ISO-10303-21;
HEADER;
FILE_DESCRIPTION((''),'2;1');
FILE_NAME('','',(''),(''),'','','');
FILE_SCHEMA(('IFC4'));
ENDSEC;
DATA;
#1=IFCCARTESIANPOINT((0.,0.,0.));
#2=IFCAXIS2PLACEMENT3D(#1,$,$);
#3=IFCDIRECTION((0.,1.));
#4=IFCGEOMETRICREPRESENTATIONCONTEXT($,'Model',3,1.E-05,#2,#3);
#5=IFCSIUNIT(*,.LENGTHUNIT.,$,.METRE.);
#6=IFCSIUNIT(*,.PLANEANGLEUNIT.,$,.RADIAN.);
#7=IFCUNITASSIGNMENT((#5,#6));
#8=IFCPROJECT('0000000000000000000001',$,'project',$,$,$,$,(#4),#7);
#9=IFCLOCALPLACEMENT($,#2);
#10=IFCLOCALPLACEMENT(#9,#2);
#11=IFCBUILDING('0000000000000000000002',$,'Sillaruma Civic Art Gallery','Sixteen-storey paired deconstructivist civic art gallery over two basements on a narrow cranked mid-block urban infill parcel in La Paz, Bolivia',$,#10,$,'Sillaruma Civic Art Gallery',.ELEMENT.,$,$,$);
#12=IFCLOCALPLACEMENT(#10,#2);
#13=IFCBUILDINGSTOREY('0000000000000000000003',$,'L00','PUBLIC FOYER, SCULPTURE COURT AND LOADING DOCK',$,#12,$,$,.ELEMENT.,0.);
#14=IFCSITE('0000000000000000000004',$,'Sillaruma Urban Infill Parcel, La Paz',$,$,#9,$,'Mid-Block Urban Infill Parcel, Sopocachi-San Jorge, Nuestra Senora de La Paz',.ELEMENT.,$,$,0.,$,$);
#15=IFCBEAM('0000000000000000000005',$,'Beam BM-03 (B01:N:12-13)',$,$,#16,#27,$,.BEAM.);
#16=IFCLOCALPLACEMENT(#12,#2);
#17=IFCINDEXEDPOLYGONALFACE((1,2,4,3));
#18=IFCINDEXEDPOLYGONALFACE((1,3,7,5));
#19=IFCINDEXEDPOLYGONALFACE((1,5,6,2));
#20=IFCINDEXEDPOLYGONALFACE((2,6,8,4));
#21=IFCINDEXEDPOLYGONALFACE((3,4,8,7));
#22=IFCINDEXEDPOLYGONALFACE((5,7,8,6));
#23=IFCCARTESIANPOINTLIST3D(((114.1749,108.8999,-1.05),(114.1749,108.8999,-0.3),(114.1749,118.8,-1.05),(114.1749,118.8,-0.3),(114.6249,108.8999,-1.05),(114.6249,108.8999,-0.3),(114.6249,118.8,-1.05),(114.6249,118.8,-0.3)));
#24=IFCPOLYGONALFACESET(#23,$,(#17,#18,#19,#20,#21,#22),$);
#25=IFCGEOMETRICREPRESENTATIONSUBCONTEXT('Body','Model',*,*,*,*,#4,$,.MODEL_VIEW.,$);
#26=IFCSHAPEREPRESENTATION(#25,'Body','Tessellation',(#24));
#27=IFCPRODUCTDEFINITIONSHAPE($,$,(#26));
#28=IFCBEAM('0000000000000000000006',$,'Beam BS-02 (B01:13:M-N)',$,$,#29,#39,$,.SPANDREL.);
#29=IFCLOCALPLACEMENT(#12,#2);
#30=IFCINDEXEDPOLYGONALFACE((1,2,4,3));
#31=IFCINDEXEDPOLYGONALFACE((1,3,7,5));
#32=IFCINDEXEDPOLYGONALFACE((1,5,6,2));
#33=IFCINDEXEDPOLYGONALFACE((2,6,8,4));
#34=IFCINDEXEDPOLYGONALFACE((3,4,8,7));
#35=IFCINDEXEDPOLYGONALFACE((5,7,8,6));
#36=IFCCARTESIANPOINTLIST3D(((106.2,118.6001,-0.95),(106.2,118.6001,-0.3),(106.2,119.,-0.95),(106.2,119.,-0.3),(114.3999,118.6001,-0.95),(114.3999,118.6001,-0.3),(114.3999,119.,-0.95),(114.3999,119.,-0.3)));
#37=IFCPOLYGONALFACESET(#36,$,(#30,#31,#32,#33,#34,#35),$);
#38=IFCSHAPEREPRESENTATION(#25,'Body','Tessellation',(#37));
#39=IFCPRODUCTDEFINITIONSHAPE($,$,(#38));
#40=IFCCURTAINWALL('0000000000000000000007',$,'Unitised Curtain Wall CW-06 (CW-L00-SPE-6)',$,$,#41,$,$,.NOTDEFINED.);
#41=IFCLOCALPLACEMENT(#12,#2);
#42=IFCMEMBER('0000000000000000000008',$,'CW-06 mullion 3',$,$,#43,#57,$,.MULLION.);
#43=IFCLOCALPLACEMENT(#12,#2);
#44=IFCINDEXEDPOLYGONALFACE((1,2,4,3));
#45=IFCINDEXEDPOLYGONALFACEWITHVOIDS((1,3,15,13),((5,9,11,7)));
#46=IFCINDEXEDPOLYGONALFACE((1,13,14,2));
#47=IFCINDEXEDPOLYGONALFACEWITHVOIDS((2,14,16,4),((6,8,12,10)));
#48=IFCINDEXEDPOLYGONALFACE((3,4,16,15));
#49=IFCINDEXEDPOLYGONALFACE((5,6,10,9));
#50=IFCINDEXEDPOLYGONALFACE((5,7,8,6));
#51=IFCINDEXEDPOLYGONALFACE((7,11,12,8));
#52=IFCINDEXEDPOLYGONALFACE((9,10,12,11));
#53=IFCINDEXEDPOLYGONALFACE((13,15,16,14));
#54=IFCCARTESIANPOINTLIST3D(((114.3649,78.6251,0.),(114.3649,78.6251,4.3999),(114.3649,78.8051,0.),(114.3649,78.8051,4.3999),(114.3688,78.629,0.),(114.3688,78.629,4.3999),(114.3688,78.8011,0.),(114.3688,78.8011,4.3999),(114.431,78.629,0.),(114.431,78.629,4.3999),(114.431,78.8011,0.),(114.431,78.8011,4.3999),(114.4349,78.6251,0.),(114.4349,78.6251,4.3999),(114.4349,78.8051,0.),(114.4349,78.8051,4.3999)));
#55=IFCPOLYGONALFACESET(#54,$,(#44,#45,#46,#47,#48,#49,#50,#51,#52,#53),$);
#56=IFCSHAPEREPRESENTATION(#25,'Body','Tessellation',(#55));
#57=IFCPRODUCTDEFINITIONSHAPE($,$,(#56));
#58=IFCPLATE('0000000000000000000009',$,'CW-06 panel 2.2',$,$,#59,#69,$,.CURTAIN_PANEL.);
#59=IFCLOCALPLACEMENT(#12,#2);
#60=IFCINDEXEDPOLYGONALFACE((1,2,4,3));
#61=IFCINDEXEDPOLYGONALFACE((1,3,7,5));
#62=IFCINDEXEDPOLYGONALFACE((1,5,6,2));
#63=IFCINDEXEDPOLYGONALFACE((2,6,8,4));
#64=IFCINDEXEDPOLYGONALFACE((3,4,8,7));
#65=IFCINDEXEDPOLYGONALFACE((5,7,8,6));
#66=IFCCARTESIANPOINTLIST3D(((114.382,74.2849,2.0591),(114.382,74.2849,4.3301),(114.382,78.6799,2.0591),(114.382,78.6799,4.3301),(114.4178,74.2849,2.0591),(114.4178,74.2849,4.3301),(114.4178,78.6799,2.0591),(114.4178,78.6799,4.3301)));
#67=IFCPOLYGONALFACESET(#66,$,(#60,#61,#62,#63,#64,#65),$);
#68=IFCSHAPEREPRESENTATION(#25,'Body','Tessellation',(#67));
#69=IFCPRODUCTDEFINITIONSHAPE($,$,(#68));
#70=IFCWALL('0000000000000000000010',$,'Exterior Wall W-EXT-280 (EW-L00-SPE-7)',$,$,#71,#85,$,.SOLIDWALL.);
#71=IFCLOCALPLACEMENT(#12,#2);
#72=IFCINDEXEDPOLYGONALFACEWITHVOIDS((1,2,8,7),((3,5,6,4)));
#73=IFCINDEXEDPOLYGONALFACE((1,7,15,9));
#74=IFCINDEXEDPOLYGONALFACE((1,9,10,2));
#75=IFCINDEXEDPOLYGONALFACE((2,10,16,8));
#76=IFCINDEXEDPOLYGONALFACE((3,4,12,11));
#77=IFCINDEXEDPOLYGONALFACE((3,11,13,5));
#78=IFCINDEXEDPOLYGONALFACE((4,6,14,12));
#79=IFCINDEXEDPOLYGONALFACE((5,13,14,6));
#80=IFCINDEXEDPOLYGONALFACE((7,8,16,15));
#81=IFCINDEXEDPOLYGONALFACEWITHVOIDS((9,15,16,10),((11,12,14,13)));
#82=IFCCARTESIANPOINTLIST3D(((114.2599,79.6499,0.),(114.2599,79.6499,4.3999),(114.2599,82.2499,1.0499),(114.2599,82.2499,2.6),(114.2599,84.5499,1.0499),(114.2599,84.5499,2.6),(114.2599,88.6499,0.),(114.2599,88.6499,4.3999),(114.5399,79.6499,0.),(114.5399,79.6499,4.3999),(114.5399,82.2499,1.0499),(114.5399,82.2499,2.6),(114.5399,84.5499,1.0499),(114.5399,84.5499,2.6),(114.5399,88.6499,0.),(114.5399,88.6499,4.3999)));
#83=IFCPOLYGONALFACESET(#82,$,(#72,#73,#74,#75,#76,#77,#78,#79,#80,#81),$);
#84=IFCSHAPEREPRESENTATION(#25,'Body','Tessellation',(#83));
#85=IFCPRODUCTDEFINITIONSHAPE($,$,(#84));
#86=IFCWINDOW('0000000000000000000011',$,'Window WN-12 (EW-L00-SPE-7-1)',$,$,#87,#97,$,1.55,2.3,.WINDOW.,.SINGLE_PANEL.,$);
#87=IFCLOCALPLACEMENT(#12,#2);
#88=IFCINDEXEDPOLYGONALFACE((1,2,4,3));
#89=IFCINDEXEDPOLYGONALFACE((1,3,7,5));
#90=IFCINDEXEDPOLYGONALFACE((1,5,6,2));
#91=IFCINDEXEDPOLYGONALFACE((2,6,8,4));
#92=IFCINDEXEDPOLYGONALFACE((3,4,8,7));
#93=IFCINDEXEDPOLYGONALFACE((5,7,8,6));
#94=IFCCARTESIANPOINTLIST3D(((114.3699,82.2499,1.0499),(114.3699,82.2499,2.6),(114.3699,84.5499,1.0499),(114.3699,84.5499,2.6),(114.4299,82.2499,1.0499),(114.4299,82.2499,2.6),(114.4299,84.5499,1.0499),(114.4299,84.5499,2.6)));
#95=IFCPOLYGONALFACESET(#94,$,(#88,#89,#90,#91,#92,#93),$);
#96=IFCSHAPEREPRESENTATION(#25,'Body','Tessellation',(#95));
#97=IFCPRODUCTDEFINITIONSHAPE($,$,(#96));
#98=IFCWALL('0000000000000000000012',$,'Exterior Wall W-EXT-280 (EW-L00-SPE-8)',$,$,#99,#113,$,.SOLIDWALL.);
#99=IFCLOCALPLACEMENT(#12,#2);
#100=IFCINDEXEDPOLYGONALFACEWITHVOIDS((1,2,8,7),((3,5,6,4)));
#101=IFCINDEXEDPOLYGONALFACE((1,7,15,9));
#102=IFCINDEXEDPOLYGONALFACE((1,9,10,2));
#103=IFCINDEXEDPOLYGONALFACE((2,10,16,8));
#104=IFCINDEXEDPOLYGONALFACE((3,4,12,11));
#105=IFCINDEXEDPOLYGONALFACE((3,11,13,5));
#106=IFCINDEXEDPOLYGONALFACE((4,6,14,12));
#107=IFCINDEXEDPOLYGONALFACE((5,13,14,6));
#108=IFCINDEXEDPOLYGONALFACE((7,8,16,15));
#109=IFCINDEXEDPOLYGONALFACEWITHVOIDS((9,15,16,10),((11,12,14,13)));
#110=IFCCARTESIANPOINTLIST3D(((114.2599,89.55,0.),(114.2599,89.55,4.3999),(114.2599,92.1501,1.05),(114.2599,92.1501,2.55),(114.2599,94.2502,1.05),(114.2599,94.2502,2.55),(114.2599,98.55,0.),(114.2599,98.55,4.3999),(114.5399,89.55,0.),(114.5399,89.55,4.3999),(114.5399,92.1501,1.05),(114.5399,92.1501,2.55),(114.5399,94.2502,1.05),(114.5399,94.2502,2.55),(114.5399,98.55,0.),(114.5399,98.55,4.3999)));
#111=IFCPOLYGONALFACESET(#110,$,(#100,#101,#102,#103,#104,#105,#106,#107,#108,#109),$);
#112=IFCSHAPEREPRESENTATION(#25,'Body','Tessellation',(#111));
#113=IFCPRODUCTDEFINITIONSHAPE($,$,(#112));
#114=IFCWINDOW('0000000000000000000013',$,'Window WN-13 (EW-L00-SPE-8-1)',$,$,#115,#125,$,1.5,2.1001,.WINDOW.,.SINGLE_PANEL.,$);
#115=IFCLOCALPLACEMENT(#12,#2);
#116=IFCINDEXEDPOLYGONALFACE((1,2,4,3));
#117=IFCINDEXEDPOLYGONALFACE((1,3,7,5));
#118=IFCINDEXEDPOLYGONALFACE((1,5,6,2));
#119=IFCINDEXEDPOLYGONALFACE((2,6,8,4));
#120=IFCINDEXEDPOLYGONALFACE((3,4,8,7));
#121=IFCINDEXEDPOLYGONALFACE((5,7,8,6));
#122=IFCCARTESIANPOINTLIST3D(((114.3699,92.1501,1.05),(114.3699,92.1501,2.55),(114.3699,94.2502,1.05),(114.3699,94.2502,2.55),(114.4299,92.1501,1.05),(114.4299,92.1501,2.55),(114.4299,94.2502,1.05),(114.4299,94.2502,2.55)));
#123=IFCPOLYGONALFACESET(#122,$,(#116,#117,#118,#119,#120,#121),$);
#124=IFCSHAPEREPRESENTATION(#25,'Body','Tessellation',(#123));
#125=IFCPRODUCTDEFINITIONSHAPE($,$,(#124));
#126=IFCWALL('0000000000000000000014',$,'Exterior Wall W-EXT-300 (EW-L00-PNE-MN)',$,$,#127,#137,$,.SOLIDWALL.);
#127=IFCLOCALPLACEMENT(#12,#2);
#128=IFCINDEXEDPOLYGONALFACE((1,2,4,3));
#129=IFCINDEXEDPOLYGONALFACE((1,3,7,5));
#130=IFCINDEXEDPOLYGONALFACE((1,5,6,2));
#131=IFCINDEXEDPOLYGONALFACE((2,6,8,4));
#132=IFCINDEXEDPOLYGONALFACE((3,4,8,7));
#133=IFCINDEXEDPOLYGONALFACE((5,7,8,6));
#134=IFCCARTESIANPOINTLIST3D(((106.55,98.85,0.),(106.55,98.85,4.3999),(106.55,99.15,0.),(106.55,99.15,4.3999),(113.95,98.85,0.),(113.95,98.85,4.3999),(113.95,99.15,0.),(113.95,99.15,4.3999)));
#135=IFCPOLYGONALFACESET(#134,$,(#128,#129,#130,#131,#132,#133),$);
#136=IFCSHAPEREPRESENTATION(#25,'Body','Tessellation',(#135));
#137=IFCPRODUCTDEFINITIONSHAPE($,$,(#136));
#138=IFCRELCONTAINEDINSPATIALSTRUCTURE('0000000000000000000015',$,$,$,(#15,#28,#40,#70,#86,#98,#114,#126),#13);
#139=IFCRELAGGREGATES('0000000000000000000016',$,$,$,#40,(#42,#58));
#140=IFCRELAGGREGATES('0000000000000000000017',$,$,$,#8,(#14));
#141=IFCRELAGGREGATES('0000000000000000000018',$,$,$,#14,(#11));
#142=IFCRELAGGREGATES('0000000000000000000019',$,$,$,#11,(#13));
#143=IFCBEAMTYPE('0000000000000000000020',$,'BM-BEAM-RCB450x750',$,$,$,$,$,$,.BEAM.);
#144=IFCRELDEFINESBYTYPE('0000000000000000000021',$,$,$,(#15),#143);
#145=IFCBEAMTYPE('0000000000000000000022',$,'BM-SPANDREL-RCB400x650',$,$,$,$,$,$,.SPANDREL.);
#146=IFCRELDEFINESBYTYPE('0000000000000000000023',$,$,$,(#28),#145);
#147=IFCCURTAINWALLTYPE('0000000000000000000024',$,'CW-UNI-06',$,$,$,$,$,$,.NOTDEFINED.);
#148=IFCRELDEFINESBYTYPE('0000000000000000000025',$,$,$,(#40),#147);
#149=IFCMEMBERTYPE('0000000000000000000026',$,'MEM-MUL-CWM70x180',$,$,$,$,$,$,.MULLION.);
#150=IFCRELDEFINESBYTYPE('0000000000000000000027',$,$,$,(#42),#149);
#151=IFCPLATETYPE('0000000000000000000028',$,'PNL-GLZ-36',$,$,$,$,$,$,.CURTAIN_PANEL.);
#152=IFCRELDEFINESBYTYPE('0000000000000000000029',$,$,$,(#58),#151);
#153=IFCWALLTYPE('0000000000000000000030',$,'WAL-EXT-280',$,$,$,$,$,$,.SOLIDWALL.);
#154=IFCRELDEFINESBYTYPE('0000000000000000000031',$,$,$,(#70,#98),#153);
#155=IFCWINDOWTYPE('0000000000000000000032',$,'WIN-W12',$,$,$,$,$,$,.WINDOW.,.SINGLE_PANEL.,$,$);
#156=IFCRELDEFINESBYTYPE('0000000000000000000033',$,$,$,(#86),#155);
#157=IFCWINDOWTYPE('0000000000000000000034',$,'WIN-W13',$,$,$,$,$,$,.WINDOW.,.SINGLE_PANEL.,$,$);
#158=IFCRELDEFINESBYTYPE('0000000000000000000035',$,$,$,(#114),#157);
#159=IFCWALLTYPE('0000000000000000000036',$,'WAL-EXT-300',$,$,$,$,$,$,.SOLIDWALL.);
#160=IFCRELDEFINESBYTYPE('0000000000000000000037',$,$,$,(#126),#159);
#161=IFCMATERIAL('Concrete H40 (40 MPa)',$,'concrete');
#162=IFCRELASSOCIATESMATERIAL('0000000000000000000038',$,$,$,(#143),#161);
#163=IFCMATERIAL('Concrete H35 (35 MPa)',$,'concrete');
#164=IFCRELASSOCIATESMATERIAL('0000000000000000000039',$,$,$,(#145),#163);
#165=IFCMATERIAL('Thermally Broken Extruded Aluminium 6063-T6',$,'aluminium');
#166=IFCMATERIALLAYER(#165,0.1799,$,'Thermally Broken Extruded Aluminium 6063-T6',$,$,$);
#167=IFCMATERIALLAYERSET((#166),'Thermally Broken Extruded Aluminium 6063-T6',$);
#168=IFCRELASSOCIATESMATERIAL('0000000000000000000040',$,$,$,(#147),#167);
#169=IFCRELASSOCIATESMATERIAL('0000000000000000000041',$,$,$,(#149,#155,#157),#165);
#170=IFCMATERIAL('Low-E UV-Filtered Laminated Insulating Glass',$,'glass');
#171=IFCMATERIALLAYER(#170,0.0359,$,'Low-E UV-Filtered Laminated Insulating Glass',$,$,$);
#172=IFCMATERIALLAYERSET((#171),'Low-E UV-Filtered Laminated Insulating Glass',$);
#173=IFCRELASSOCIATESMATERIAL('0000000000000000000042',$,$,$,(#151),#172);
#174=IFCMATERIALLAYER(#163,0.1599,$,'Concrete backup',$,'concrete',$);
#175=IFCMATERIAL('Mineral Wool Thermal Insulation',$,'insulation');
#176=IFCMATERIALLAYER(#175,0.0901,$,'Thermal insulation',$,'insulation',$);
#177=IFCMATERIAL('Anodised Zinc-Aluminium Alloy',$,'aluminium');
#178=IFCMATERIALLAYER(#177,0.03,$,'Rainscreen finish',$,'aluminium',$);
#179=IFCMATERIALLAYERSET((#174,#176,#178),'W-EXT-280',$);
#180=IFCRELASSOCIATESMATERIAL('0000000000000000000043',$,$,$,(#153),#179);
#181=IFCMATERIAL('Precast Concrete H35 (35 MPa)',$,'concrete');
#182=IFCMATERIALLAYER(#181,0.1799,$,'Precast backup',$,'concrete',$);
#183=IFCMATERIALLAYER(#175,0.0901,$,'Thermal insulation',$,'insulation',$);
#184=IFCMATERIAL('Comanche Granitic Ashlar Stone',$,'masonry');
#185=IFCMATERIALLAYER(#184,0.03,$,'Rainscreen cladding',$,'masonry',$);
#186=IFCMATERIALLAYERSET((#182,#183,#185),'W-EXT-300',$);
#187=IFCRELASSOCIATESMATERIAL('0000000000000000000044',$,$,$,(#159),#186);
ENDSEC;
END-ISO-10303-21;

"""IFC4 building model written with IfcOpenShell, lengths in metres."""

from ifc_helpers import new_model, si_unit, direction, frame, frame_2d, origin, origin_2d, place, context, subcontext, project, spatial, rectangle, hollow_rectangle, extrude, material, layer, layer_set, material_profile, profile_set, type_object, element, fill, aggregate, save


model = new_model("IFC4")

# Units and contexts
model_context = context("Model", 3, precision=1e-05, world=origin(), true_north=direction((0.0, 1.0)))
body_context = subcontext(model_context, "Body", "Model", "MODEL_VIEW")
ifc_project = project(units=[si_unit("LENGTHUNIT", "METRE"), si_unit("PLANEANGLEUNIT", "RADIAN")], contexts=[model_context])

# Site, building, storey
site_placement = place(None, origin())
site = spatial("IfcSite", under=ifc_project, at=site_placement, Name="Sillaruma Urban Infill Parcel, La Paz", LongName="Mid-Block Urban Infill Parcel, Sopocachi-San Jorge, Nuestra Senora de La Paz", CompositionType="ELEMENT", RefElevation=0.0)
building_placement = place(site_placement, origin())
building = spatial("IfcBuilding", under=site, at=building_placement, Name="Sillaruma Civic Art Gallery", Description="Sixteen-storey paired deconstructivist civic art gallery over two basements on a narrow cranked mid-block urban infill parcel in La Paz, Bolivia", LongName="Sillaruma Civic Art Gallery", CompositionType="ELEMENT")
storey_placement = place(building_placement, origin())
storey = spatial("IfcBuildingStorey", under=building, at=storey_placement, Name="L00", Description="PUBLIC FOYER, SCULPTURE COURT AND LOADING DOCK", CompositionType="ELEMENT", Elevation=0.0)

# Shared definitions
ifc_material_1 = material(Name="Concrete H40 (40 MPa)", Category="concrete")

# Beams
ifc_material_profile_1 = material_profile(ifc_material_1, rectangle(XDim=0.45, YDim=0.75, at=origin_2d()), Name="RCB450x750")
ifc_profile_set_1 = profile_set([ifc_material_profile_1], Name="Concrete H40 (40 MPa)")
beam_type_1 = type_object("IfcBeamType", Name="BM-BEAM-RCB450x750", PredefinedType="BEAM", material=ifc_profile_set_1)
beam_1_placement = place(storey_placement, frame((114.3999, 108.8999, -0.675), z_axis=(0.0, 1.0, 0.0), x_axis=(-1.0, 0.0, 0.0)))
element("IfcBeam", 1, at=beam_1_placement, inside=storey, type_object=beam_type_1, Name="Beam BM-03 (B01:N:12-13)", PredefinedType="BEAM", context=body_context, shape_type="SweptSolid", body=[
    extrude(rectangle(XDim=0.45, YDim=0.75, at=origin_2d()), origin(), (0.0, 0.0, 1.0), 9.9001),
])
ifc_material_2 = material(Name="Concrete H35 (35 MPa)", Category="concrete")
ifc_material_profile_2 = material_profile(ifc_material_2, rectangle(XDim=0.3999, YDim=0.6499, at=origin_2d()), Name="RCB400x650")
ifc_profile_set_2 = profile_set([ifc_material_profile_2], Name="Concrete H35 (35 MPa)")
beam_type_2 = type_object("IfcBeamType", Name="BM-SPANDREL-RCB400x650", PredefinedType="SPANDREL", material=ifc_profile_set_2)
beam_2_placement = place(storey_placement, frame((106.2, 118.8, -0.625), z_axis=(1.0, 0.0, 0.0), x_axis=(0.0, 1.0, 0.0)))
element("IfcBeam", 2, at=beam_2_placement, inside=storey, type_object=beam_type_2, Name="Beam BS-02 (B01:13:M-N)", PredefinedType="SPANDREL", context=body_context, shape_type="SweptSolid", body=[
    extrude(rectangle(XDim=0.3999, YDim=0.6499, at=origin_2d()), origin(), (0.0, 0.0, 1.0), 8.2),
])

# Curtain wall, member, plate
ifc_material_3 = material(Name="Thermally Broken Extruded Aluminium 6063-T6", Category="aluminium")
ifc_layer_1 = layer(ifc_material_3, 0.1799, Name="Thermally Broken Extruded Aluminium 6063-T6")
ifc_layer_set_1 = layer_set([ifc_layer_1], Name="Thermally Broken Extruded Aluminium 6063-T6")
curtain_wall_type = type_object("IfcCurtainWallType", Name="CW-UNI-06", PredefinedType="NOTDEFINED", material=ifc_layer_set_1)
curtain_wall_placement = place(storey_placement, origin())
curtain_wall = element("IfcCurtainWall", 3, at=curtain_wall_placement, inside=storey, type_object=curtain_wall_type, Name="Unitised Curtain Wall CW-06 (CW-L00-SPE-6)", PredefinedType="NOTDEFINED")
ifc_material_profile_3 = material_profile(ifc_material_3, hollow_rectangle(XDim=0.0701, YDim=0.1799, WallThickness=0.0039, at=origin_2d()), Name="CWM70x180")
ifc_profile_set_3 = profile_set([ifc_material_profile_3], Name="Thermally Broken Extruded Aluminium 6063-T6")
member_type = type_object("IfcMemberType", Name="MEM-MUL-CWM70x180", PredefinedType="MULLION", material=ifc_profile_set_3)
member_placement = place(storey_placement, frame((114.3999, 78.7151, 0.0), z_axis=(0.0, 0.0, 1.0), x_axis=(-1.0, 0.0, 0.0)))
member = element("IfcMember", 4, at=member_placement, type_object=member_type, Name="CW-06 mullion 3", PredefinedType="MULLION", context=body_context, shape_type="SweptSolid", body=[
    extrude(hollow_rectangle(XDim=0.0701, YDim=0.1799, WallThickness=0.0039, at=origin_2d()), origin(), (0.0, 0.0, 1.0), 4.3999),
])
ifc_material_4 = material(Name="Low-E UV-Filtered Laminated Insulating Glass", Category="glass")
ifc_layer_2 = layer(ifc_material_4, 0.0359, Name="Low-E UV-Filtered Laminated Insulating Glass")
ifc_layer_set_2 = layer_set([ifc_layer_2], Name="Low-E UV-Filtered Laminated Insulating Glass")
plate_type = type_object("IfcPlateType", Name="PNL-GLZ-36", PredefinedType="CURTAIN_PANEL", material=ifc_layer_set_2)
plate_placement = place(storey_placement, frame((114.3999, 76.4824, 2.0591), z_axis=(0.0, 0.0, 1.0), x_axis=(0.0, 1.0, 0.0)))
plate = element("IfcPlate", 5, at=plate_placement, type_object=plate_type, Name="CW-06 panel 2.2", PredefinedType="CURTAIN_PANEL", context=body_context, shape_type="SweptSolid", body=[
    extrude(rectangle(XDim=4.395, YDim=0.0359, at=origin_2d()), origin(), (0.0, 0.0, 1.0), 2.271),
])
aggregate(curtain_wall, [member, plate])

# Walls, openings, windows
ifc_layer_3 = layer(ifc_material_2, 0.1599, Name="Concrete backup", Category="concrete")
ifc_material_5 = material(Name="Mineral Wool Thermal Insulation", Category="insulation")
ifc_layer_4 = layer(ifc_material_5, 0.0901, Name="Thermal insulation", Category="insulation")
ifc_material_6 = material(Name="Anodised Zinc-Aluminium Alloy", Category="aluminium")
ifc_layer_5 = layer(ifc_material_6, 0.03, Name="Rainscreen finish", Category="aluminium")
ifc_layer_set_3 = layer_set([ifc_layer_3, ifc_layer_4, ifc_layer_5], Name="W-EXT-280")
wall_type_1 = type_object("IfcWallType", Name="WAL-EXT-280", PredefinedType="SOLIDWALL", material=ifc_layer_set_3)
wall_1_placement = place(storey_placement, frame((114.3999, 79.6499, 0.0), z_axis=(0.0, 0.0, 1.0), x_axis=(0.0, 1.0, 0.0)))
wall_1 = element("IfcWall", 6, at=wall_1_placement, inside=storey, type_object=wall_type_1, Name="Exterior Wall W-EXT-280 (EW-L00-SPE-7)", PredefinedType="SOLIDWALL", context=body_context, shape_type="SweptSolid", body=[
    extrude(rectangle(XDim=9.0, YDim=0.28, at=frame_2d((4.5, 0.0))), origin(), (0.0, 0.0, 1.0), 4.3999),
])
opening_1_placement = place(wall_1_placement, frame((2.6001, 0.0, 1.05)))
opening_1 = element("IfcOpeningElement", 7, at=opening_1_placement, cuts=wall_1, PredefinedType="OPENING", context=body_context, shape_type="SweptSolid", body=[
    extrude(rectangle(XDim=2.3, YDim=1.55, at=frame_2d((1.1499, 0.7749))), frame((0.0, 0.1499, 0.0), z_axis=(0.0, -1.0, 0.0), x_axis=(1.0, 0.0, 0.0)), (0.0, 0.0, 1.0), 0.3),
])
window_type_1 = type_object("IfcWindowType", Name="WIN-W12", PartitioningType="SINGLE_PANEL", PredefinedType="WINDOW", material=ifc_material_3)
window_1_placement = place(opening_1_placement, origin())
window_1 = element("IfcWindow", 8, at=window_1_placement, inside=storey, type_object=window_type_1, Name="Window WN-12 (EW-L00-SPE-7-1)", OverallHeight=1.55, OverallWidth=2.3, PartitioningType="SINGLE_PANEL", PredefinedType="WINDOW", context=body_context, shape_type="SweptSolid", body=[
    extrude(rectangle(XDim=2.3, YDim=1.55, at=frame_2d((1.1499, 0.7749))), frame((0.0, 0.03, 0.0), z_axis=(0.0, -1.0, 0.0), x_axis=(1.0, 0.0, 0.0)), (0.0, 0.0, 1.0), 0.0601),
])
fill(opening_1, window_1)
wall_2_placement = place(storey_placement, frame((114.3999, 89.55, 0.0), z_axis=(0.0, 0.0, 1.0), x_axis=(0.0, 1.0, 0.0)))
wall_2 = element("IfcWall", 9, at=wall_2_placement, inside=storey, type_object=wall_type_1, Name="Exterior Wall W-EXT-280 (EW-L00-SPE-8)", PredefinedType="SOLIDWALL", context=body_context, shape_type="SweptSolid", body=[
    extrude(rectangle(XDim=9.0, YDim=0.28, at=frame_2d((4.5, 0.0))), origin(), (0.0, 0.0, 1.0), 4.3999),
])
opening_2_placement = place(wall_2_placement, frame((2.6001, 0.0, 1.05)))
opening_2 = element("IfcOpeningElement", 10, at=opening_2_placement, cuts=wall_2, PredefinedType="OPENING", context=body_context, shape_type="SweptSolid", body=[
    extrude(rectangle(XDim=2.1001, YDim=1.5, at=frame_2d((1.05, 0.75))), frame((0.0, 0.1499, 0.0), z_axis=(0.0, -1.0, 0.0), x_axis=(1.0, 0.0, 0.0)), (0.0, 0.0, 1.0), 0.3),
])
window_type_2 = type_object("IfcWindowType", Name="WIN-W13", PartitioningType="SINGLE_PANEL", PredefinedType="WINDOW", material=ifc_material_3)
window_2_placement = place(opening_2_placement, origin())
window_2 = element("IfcWindow", 11, at=window_2_placement, inside=storey, type_object=window_type_2, Name="Window WN-13 (EW-L00-SPE-8-1)", OverallHeight=1.5, OverallWidth=2.1001, PartitioningType="SINGLE_PANEL", PredefinedType="WINDOW", context=body_context, shape_type="SweptSolid", body=[
    extrude(rectangle(XDim=2.1001, YDim=1.5, at=frame_2d((1.05, 0.75))), frame((0.0, 0.03, 0.0), z_axis=(0.0, -1.0, 0.0), x_axis=(1.0, 0.0, 0.0)), (0.0, 0.0, 1.0), 0.0601),
])
fill(opening_2, window_2)

# Wall
ifc_material_7 = material(Name="Precast Concrete H35 (35 MPa)", Category="concrete")
ifc_layer_6 = layer(ifc_material_7, 0.1799, Name="Precast backup", Category="concrete")
ifc_layer_7 = layer(ifc_material_5, 0.0901, Name="Thermal insulation", Category="insulation")
ifc_material_8 = material(Name="Comanche Granitic Ashlar Stone", Category="masonry")
ifc_layer_8 = layer(ifc_material_8, 0.03, Name="Rainscreen cladding", Category="masonry")
ifc_layer_set_4 = layer_set([ifc_layer_6, ifc_layer_7, ifc_layer_8], Name="W-EXT-300")
wall_type_2 = type_object("IfcWallType", Name="WAL-EXT-300", PredefinedType="SOLIDWALL", material=ifc_layer_set_4)
wall_3_placement = place(storey_placement, frame((106.55, 99.0, 0.0), z_axis=(0.0, 0.0, 1.0), x_axis=(1.0, 0.0, 0.0)))
element("IfcWall", 12, at=wall_3_placement, inside=storey, type_object=wall_type_2, Name="Exterior Wall W-EXT-300 (EW-L00-PNE-MN)", PredefinedType="SOLIDWALL", context=body_context, shape_type="SweptSolid", body=[
    extrude(rectangle(XDim=7.3999, YDim=0.3, at=frame_2d((3.7, 0.0))), origin(), (0.0, 0.0, 1.0), 4.3999),
])

save(model, "model.ifc")
